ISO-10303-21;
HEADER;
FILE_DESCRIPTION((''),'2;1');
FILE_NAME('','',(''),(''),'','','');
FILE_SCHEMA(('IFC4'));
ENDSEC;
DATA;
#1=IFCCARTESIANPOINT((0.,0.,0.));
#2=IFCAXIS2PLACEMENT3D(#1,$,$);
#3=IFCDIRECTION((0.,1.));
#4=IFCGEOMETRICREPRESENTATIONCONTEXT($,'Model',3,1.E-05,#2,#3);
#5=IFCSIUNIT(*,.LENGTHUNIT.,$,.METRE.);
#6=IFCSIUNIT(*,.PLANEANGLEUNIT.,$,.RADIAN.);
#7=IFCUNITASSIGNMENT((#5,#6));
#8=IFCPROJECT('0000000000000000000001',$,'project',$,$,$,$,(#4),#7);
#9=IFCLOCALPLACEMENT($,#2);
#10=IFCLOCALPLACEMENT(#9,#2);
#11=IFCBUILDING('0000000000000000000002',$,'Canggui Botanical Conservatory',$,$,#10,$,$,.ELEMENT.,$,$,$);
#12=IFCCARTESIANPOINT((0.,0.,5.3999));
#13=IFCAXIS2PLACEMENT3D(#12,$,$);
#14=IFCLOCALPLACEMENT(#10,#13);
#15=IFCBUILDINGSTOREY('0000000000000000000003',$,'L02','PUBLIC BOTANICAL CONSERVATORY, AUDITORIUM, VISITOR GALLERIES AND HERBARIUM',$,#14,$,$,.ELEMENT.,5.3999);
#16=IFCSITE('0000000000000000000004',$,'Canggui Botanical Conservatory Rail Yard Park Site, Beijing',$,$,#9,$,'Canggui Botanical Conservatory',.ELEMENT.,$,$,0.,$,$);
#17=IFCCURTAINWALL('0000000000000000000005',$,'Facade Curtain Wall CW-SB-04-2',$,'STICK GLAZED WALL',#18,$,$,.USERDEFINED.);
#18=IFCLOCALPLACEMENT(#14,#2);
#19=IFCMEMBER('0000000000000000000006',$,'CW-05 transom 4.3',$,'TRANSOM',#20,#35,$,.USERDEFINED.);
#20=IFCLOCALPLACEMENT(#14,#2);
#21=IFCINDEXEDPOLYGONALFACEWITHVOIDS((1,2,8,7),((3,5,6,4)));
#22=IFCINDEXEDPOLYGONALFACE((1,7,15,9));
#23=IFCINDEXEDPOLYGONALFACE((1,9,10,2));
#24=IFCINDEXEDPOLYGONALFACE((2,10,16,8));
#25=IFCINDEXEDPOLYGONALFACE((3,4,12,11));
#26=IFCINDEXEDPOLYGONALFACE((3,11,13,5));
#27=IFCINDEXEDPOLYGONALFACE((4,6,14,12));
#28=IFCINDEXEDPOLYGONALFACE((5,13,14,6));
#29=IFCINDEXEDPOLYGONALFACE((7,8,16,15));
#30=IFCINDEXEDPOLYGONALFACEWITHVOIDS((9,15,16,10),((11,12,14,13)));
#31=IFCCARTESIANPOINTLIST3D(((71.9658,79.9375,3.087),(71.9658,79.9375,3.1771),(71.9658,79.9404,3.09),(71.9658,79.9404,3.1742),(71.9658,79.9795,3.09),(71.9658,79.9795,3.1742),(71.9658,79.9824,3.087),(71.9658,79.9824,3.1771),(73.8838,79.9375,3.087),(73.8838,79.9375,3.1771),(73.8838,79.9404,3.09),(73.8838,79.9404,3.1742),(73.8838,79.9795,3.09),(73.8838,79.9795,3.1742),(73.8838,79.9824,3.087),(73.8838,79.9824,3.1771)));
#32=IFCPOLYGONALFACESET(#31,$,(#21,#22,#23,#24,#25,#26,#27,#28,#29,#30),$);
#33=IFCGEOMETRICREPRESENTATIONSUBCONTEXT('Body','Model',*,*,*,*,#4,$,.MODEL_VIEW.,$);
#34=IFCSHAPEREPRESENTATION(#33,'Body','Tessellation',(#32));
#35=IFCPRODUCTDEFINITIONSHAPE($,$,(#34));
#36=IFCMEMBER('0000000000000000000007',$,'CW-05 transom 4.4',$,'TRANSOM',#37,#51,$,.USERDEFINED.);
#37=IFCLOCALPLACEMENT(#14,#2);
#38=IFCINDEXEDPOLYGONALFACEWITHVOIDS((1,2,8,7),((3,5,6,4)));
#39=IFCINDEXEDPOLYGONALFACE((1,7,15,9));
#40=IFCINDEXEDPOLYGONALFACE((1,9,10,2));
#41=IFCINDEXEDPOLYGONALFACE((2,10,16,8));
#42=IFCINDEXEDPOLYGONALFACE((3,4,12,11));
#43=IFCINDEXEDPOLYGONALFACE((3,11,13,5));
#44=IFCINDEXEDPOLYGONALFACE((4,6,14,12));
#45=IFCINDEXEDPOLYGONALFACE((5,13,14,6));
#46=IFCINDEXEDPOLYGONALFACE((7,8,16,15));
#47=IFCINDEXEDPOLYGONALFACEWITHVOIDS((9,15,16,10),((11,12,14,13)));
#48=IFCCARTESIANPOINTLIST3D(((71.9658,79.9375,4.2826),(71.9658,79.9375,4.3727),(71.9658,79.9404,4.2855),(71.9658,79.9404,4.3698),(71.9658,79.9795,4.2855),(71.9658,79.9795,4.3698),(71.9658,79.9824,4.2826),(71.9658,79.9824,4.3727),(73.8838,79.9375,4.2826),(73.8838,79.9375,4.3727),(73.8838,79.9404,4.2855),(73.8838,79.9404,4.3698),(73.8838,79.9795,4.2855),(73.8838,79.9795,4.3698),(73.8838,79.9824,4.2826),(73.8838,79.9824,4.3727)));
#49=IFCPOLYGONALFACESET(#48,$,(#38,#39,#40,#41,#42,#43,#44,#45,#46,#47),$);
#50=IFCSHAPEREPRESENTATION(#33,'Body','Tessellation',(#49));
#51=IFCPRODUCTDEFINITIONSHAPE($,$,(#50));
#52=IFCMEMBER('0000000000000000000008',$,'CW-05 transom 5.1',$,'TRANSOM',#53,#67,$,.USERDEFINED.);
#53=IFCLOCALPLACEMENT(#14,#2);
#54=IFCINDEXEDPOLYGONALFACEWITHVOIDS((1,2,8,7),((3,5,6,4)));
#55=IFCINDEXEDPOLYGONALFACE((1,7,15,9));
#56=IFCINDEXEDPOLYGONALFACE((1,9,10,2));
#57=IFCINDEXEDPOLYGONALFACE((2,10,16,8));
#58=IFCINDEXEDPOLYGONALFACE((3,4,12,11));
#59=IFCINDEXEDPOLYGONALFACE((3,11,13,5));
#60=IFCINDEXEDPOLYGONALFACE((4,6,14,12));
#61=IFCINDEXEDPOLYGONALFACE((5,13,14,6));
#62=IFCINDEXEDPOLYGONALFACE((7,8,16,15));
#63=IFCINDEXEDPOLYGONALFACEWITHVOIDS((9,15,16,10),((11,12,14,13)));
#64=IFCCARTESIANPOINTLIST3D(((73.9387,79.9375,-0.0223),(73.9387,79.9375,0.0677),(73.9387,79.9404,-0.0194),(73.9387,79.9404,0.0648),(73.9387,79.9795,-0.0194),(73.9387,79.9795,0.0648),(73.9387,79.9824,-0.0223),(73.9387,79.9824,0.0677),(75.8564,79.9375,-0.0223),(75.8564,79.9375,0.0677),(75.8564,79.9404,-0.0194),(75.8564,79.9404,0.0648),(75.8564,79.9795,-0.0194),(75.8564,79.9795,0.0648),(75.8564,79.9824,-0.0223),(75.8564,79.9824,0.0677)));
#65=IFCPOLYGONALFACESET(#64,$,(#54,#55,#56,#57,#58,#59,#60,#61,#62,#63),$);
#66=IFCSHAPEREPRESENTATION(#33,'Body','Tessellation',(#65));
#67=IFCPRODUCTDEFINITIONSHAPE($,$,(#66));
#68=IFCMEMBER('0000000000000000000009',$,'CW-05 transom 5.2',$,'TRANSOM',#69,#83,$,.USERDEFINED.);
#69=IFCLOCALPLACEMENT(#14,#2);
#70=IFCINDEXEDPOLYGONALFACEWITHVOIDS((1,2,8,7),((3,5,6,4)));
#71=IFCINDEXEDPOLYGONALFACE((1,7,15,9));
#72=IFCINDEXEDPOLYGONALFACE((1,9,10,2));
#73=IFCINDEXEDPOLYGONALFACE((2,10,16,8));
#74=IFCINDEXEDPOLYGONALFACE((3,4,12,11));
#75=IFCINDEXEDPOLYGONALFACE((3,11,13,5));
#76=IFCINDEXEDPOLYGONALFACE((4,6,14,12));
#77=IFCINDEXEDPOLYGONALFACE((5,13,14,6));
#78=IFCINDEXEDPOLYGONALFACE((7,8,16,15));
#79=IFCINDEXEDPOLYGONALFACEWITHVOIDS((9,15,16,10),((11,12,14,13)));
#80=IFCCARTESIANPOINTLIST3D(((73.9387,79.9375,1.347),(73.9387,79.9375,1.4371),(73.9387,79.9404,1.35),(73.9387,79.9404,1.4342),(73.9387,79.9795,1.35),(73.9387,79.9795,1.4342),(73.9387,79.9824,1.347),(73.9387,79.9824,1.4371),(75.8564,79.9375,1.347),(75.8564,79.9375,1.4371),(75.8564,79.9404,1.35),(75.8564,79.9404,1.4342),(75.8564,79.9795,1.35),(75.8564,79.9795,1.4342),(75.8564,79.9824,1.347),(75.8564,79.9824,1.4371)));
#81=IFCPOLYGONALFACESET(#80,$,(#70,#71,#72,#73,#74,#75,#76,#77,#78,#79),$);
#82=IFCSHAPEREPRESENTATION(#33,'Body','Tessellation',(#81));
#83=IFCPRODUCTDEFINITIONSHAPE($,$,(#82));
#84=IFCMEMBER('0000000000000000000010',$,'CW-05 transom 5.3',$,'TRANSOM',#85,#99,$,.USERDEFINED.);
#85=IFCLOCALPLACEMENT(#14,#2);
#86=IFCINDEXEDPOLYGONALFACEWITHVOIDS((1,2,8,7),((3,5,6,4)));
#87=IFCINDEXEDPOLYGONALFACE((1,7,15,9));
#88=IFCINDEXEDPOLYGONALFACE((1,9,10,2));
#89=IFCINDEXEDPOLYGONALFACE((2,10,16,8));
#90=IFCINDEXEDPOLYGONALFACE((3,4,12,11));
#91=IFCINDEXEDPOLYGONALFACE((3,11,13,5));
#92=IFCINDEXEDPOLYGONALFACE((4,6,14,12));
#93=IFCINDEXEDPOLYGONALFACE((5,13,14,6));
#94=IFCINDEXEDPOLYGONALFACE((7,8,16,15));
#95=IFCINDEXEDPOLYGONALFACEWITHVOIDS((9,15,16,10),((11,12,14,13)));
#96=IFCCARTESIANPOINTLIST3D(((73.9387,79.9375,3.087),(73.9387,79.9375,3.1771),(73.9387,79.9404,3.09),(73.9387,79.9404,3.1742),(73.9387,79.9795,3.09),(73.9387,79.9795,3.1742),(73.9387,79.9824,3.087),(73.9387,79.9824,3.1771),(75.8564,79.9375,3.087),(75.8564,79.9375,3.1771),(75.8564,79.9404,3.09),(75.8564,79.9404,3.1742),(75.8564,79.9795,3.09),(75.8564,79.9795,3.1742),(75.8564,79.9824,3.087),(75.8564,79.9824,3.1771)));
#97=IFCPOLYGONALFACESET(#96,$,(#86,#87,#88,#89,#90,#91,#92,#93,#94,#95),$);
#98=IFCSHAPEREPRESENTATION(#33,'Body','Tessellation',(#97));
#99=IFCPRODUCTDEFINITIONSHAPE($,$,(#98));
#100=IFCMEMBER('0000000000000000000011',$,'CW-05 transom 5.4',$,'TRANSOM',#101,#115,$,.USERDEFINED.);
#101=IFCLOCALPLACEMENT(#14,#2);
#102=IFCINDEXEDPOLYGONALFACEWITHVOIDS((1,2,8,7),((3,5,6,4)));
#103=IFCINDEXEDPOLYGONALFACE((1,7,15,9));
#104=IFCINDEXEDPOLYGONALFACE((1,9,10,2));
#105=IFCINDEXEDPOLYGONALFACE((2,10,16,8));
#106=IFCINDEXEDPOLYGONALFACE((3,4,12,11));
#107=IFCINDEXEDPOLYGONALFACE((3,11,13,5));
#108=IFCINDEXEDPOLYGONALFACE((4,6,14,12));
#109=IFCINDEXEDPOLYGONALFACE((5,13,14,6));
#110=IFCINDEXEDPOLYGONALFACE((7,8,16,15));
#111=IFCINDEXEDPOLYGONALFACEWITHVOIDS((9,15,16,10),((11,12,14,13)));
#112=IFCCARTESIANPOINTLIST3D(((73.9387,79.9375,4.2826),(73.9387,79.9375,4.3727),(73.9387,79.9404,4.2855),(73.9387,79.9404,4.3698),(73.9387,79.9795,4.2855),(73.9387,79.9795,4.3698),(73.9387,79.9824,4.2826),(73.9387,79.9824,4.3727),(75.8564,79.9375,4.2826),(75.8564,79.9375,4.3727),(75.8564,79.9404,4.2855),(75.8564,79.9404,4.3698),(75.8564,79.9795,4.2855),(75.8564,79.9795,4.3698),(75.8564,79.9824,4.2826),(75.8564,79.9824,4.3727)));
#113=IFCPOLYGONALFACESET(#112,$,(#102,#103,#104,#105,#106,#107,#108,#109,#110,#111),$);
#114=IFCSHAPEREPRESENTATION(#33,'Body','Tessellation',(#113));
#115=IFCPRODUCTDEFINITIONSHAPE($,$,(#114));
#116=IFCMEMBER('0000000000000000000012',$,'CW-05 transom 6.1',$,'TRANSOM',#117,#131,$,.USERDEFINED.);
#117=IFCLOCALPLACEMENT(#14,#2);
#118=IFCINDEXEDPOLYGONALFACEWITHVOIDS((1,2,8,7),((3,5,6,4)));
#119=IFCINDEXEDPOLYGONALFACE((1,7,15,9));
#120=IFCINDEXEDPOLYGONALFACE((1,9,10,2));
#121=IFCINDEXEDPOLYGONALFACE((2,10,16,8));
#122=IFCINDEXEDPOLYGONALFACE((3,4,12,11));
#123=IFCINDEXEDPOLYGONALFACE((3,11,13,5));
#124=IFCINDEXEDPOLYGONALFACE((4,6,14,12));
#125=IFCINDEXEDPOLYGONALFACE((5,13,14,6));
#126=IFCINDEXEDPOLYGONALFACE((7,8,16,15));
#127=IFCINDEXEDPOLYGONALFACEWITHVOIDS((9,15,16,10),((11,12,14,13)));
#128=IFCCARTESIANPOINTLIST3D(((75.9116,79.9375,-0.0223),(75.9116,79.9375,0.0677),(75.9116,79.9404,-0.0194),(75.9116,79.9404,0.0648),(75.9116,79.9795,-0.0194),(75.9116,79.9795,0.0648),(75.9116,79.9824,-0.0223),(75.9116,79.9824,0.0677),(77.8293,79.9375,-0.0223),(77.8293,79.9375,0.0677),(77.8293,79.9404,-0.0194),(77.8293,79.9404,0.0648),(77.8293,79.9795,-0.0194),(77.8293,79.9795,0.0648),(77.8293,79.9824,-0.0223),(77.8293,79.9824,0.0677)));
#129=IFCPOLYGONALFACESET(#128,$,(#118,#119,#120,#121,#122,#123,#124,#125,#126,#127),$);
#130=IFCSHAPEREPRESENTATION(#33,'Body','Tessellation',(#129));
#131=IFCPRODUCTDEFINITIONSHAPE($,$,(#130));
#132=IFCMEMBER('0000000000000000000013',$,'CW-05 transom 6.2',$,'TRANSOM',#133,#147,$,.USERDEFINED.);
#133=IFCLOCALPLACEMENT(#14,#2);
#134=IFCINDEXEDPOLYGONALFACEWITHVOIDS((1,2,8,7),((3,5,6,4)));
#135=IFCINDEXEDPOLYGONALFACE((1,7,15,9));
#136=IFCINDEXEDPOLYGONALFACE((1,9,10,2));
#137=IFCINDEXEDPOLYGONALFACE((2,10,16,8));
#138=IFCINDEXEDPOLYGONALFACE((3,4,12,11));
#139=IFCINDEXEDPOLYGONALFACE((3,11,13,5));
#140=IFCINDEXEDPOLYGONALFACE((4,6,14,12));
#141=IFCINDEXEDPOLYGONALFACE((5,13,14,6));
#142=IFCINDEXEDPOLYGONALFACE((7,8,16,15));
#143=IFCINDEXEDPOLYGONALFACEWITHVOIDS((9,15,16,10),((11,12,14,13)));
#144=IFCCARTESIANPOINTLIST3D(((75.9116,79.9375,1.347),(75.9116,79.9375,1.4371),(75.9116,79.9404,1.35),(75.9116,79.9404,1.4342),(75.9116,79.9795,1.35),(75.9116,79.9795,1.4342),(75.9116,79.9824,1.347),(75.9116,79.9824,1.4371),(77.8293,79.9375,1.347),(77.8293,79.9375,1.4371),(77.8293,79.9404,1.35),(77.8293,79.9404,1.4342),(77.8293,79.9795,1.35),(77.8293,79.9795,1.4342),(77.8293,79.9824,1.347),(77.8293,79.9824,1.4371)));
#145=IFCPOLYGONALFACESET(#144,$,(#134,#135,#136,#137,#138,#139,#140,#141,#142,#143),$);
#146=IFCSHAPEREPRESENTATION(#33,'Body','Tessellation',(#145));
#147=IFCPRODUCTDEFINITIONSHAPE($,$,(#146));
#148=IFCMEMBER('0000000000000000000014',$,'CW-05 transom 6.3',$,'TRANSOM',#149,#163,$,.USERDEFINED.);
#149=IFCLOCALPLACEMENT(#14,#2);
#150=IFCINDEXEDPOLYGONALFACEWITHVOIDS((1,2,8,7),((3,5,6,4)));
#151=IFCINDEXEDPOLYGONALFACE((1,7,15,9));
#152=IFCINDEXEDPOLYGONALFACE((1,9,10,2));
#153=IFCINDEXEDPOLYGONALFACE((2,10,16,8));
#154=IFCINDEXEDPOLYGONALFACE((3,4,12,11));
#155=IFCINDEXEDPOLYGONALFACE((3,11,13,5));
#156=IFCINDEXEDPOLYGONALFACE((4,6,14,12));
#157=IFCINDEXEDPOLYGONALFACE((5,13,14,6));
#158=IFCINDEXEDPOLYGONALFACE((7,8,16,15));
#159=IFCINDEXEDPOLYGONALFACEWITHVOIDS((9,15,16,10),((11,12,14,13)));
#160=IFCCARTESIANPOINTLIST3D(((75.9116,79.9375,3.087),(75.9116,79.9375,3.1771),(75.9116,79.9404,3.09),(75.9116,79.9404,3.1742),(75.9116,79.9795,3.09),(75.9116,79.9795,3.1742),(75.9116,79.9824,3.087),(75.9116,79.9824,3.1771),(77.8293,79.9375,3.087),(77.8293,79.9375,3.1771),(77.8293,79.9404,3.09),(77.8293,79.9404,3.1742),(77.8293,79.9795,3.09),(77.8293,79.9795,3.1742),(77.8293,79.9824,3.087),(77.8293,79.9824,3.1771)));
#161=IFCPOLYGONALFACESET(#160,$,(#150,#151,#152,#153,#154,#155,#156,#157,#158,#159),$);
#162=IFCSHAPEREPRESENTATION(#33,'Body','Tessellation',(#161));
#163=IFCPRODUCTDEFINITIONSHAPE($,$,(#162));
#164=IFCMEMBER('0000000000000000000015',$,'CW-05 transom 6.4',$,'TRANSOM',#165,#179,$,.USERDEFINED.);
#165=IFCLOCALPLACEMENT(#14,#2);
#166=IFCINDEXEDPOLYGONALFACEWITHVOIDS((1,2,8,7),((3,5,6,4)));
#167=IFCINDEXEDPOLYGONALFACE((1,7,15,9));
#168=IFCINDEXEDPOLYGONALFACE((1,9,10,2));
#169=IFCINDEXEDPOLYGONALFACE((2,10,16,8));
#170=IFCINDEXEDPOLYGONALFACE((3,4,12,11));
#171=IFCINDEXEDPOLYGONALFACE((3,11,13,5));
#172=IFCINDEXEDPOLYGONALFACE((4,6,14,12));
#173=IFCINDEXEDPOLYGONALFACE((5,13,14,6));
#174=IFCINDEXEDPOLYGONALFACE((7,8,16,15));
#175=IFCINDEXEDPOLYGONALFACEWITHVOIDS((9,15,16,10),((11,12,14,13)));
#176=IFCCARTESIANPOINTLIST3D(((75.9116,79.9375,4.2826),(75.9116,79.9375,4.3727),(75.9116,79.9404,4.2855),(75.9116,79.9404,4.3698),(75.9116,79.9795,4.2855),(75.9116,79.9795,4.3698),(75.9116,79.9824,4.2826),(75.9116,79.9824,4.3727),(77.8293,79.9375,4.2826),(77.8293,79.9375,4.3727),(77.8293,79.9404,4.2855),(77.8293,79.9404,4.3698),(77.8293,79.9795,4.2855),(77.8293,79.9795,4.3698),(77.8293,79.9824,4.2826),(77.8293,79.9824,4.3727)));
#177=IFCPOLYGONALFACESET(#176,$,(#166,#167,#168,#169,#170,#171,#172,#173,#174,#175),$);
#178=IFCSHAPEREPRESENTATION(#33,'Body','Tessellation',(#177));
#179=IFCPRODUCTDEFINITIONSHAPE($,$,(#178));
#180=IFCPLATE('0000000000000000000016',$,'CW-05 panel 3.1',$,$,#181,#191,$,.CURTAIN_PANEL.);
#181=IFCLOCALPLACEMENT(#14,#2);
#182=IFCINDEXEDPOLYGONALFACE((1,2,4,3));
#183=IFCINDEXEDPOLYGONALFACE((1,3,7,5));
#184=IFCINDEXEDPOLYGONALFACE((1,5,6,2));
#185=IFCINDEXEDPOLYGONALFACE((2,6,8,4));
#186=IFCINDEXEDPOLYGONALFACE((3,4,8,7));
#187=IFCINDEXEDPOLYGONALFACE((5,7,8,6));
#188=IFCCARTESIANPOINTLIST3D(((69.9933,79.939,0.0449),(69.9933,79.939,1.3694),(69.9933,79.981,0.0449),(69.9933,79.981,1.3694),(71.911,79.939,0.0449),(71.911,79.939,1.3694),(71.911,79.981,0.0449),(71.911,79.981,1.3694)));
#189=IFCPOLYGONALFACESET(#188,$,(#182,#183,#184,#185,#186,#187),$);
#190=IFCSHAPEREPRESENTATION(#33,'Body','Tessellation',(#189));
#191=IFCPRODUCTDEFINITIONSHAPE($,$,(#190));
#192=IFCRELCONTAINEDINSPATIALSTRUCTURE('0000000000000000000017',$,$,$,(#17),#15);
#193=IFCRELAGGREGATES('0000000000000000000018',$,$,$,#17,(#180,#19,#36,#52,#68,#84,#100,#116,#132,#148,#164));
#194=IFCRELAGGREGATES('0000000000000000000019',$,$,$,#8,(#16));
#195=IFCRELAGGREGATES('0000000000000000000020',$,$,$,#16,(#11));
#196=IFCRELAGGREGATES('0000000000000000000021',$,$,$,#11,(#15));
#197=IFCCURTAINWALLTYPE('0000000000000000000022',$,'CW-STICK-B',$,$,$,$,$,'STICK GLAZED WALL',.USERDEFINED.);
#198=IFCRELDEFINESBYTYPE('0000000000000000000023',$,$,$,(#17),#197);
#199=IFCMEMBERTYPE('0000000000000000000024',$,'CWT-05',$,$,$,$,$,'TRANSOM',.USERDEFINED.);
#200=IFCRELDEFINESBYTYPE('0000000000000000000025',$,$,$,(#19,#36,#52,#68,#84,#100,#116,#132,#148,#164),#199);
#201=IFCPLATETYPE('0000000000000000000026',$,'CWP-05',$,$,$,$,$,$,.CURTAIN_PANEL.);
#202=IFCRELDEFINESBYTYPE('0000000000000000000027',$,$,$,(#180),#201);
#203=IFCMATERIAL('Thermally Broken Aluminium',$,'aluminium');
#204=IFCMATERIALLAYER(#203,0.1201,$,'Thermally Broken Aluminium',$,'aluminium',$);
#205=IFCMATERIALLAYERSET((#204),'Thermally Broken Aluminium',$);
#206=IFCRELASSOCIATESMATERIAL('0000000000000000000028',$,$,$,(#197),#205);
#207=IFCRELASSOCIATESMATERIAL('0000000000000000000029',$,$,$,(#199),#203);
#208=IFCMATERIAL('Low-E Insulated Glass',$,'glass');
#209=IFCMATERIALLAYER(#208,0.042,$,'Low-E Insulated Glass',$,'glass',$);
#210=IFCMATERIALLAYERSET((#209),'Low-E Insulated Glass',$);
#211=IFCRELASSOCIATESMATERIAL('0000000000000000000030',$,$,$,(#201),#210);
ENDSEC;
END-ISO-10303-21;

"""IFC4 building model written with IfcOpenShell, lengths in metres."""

from ifc_helpers import new_model, si_unit, direction, frame, origin, origin_2d, place, context, subcontext, project, spatial, rectangle, hollow_rectangle, extrude, material, layer, layer_set, material_profile, profile_set, type_object, element, aggregate, save


model = new_model("IFC4")

# Units and contexts
model_context = context("Model", 3, precision=1e-05, world=origin(), true_north=direction((0.0, 1.0)))
body_context = subcontext(model_context, "Body", "Model", "MODEL_VIEW")
ifc_project = project(units=[si_unit("LENGTHUNIT", "METRE"), si_unit("PLANEANGLEUNIT", "RADIAN")], contexts=[model_context])

# Site, building, storey
site_placement = place(None, origin())
site = spatial("IfcSite", under=ifc_project, at=site_placement, Name="Canggui Botanical Conservatory Rail Yard Park Site, Beijing", LongName="Canggui Botanical Conservatory", CompositionType="ELEMENT", RefElevation=0.0)
building_placement = place(site_placement, origin())
building = spatial("IfcBuilding", under=site, at=building_placement, Name="Canggui Botanical Conservatory", CompositionType="ELEMENT")
storey_placement = place(building_placement, frame((0.0, 0.0, 5.3999)))
storey = spatial("IfcBuildingStorey", under=building, at=storey_placement, Name="L02", Description="PUBLIC BOTANICAL CONSERVATORY, AUDITORIUM, VISITOR GALLERIES AND HERBARIUM", CompositionType="ELEMENT", Elevation=5.3999)

# Curtain wall, members, plate
ifc_material_1 = material(Name="Thermally Broken Aluminium", Category="aluminium")
ifc_layer_1 = layer(ifc_material_1, 0.1201, Name="Thermally Broken Aluminium", Category="aluminium")
ifc_layer_set_1 = layer_set([ifc_layer_1], Name="Thermally Broken Aluminium")
curtain_wall_type = type_object("IfcCurtainWallType", Name="CW-STICK-B", ElementType="STICK GLAZED WALL", PredefinedType="USERDEFINED", material=ifc_layer_set_1)
curtain_wall_placement = place(storey_placement, origin())
curtain_wall = element("IfcCurtainWall", 1, at=curtain_wall_placement, inside=storey, type_object=curtain_wall_type, Name="Facade Curtain Wall CW-SB-04-2", ObjectType="STICK GLAZED WALL", PredefinedType="USERDEFINED")
ifc_material_profile_1 = material_profile(ifc_material_1, hollow_rectangle(XDim=0.0449, YDim=0.0901, WallThickness=0.0029, at=origin_2d()), Name="CWT 45x90x3")
ifc_profile_set_1 = profile_set([ifc_material_profile_1], Name="Thermally Broken Aluminium")
member_type_1 = type_object("IfcMemberType", Name="CWT-05", ElementType="TRANSOM", PredefinedType="USERDEFINED", material=ifc_profile_set_1)
member_1_placement = place(storey_placement, frame((71.9658, 79.96, 3.1321), z_axis=(1.0, 0.0, 0.0), x_axis=(0.0, 1.0, 0.0)))
member_1 = element("IfcMember", 2, at=member_1_placement, type_object=member_type_1, Name="CW-05 transom 4.3", ObjectType="TRANSOM", PredefinedType="USERDEFINED", context=body_context, shape_type="SweptSolid", body=[
    extrude(hollow_rectangle(XDim=0.0449, YDim=0.0901, WallThickness=0.0029, at=origin_2d()), origin(), (0.0, 0.0, 1.0), 1.918),
])
member_2_placement = place(storey_placement, frame((71.9658, 79.96, 4.3276), z_axis=(1.0, 0.0, 0.0), x_axis=(0.0, 1.0, 0.0)))
member_2 = element("IfcMember", 3, at=member_2_placement, type_object=member_type_1, Name="CW-05 transom 4.4", ObjectType="TRANSOM", PredefinedType="USERDEFINED", context=body_context, shape_type="SweptSolid", body=[
    extrude(hollow_rectangle(XDim=0.0449, YDim=0.0901, WallThickness=0.0029, at=origin_2d()), origin(), (0.0, 0.0, 1.0), 1.918),
])
member_3_placement = place(storey_placement, frame((73.9387, 79.96, 0.0227), z_axis=(1.0, 0.0, 0.0), x_axis=(0.0, 1.0, 0.0)))
member_3 = element("IfcMember", 4, at=member_3_placement, type_object=member_type_1, Name="CW-05 transom 5.1", ObjectType="TRANSOM", PredefinedType="USERDEFINED", context=body_context, shape_type="SweptSolid", body=[
    extrude(hollow_rectangle(XDim=0.0449, YDim=0.0901, WallThickness=0.0029, at=origin_2d()), origin(), (0.0, 0.0, 1.0), 1.9177),
])
member_4_placement = place(storey_placement, frame((73.9387, 79.96, 1.3921), z_axis=(1.0, 0.0, 0.0), x_axis=(0.0, 1.0, 0.0)))
member_4 = element("IfcMember", 5, at=member_4_placement, type_object=member_type_1, Name="CW-05 transom 5.2", ObjectType="TRANSOM", PredefinedType="USERDEFINED", context=body_context, shape_type="SweptSolid", body=[
    extrude(hollow_rectangle(XDim=0.0449, YDim=0.0901, WallThickness=0.0029, at=origin_2d()), origin(), (0.0, 0.0, 1.0), 1.9177),
])
member_5_placement = place(storey_placement, frame((73.9387, 79.96, 3.1321), z_axis=(1.0, 0.0, 0.0), x_axis=(0.0, 1.0, 0.0)))
member_5 = element("IfcMember", 6, at=member_5_placement, type_object=member_type_1, Name="CW-05 transom 5.3", ObjectType="TRANSOM", PredefinedType="USERDEFINED", context=body_context, shape_type="SweptSolid", body=[
    extrude(hollow_rectangle(XDim=0.0449, YDim=0.0901, WallThickness=0.0029, at=origin_2d()), origin(), (0.0, 0.0, 1.0), 1.9177),
])
member_6_placement = place(storey_placement, frame((73.9387, 79.96, 4.3276), z_axis=(1.0, 0.0, 0.0), x_axis=(0.0, 1.0, 0.0)))
member_6 = element("IfcMember", 7, at=member_6_placement, type_object=member_type_1, Name="CW-05 transom 5.4", ObjectType="TRANSOM", PredefinedType="USERDEFINED", context=body_context, shape_type="SweptSolid", body=[
    extrude(hollow_rectangle(XDim=0.0449, YDim=0.0901, WallThickness=0.0029, at=origin_2d()), origin(), (0.0, 0.0, 1.0), 1.9177),
])
member_7_placement = place(storey_placement, frame((75.9116, 79.96, 0.0227), z_axis=(1.0, 0.0, 0.0), x_axis=(0.0, 1.0, 0.0)))
member_7 = element("IfcMember", 8, at=member_7_placement, type_object=member_type_1, Name="CW-05 transom 6.1", ObjectType="TRANSOM", PredefinedType="USERDEFINED", context=body_context, shape_type="SweptSolid", body=[
    extrude(hollow_rectangle(XDim=0.0449, YDim=0.0901, WallThickness=0.0029, at=origin_2d()), origin(), (0.0, 0.0, 1.0), 1.9177),
])
member_8_placement = place(storey_placement, frame((75.9116, 79.96, 1.3921), z_axis=(1.0, 0.0, 0.0), x_axis=(0.0, 1.0, 0.0)))
member_8 = element("IfcMember", 9, at=member_8_placement, type_object=member_type_1, Name="CW-05 transom 6.2", ObjectType="TRANSOM", PredefinedType="USERDEFINED", context=body_context, shape_type="SweptSolid", body=[
    extrude(hollow_rectangle(XDim=0.0449, YDim=0.0901, WallThickness=0.0029, at=origin_2d()), origin(), (0.0, 0.0, 1.0), 1.9177),
])
member_9_placement = place(storey_placement, frame((75.9116, 79.96, 3.1321), z_axis=(1.0, 0.0, 0.0), x_axis=(0.0, 1.0, 0.0)))
member_9 = element("IfcMember", 10, at=member_9_placement, type_object=member_type_1, Name="CW-05 transom 6.3", ObjectType="TRANSOM", PredefinedType="USERDEFINED", context=body_context, shape_type="SweptSolid", body=[
    extrude(hollow_rectangle(XDim=0.0449, YDim=0.0901, WallThickness=0.0029, at=origin_2d()), origin(), (0.0, 0.0, 1.0), 1.9177),
])
member_10_placement = place(storey_placement, frame((75.9116, 79.96, 4.3276), z_axis=(1.0, 0.0, 0.0), x_axis=(0.0, 1.0, 0.0)))
member_10 = element("IfcMember", 11, at=member_10_placement, type_object=member_type_1, Name="CW-05 transom 6.4", ObjectType="TRANSOM", PredefinedType="USERDEFINED", context=body_context, shape_type="SweptSolid", body=[
    extrude(hollow_rectangle(XDim=0.0449, YDim=0.0901, WallThickness=0.0029, at=origin_2d()), origin(), (0.0, 0.0, 1.0), 1.9177),
])
ifc_material_2 = material(Name="Low-E Insulated Glass", Category="glass")
ifc_layer_2 = layer(ifc_material_2, 0.042, Name="Low-E Insulated Glass", Category="glass")
ifc_layer_set_2 = layer_set([ifc_layer_2], Name="Low-E Insulated Glass")
plate_type = type_object("IfcPlateType", Name="CWP-05", PredefinedType="CURTAIN_PANEL", material=ifc_layer_set_2)
plate_1_placement = place(storey_placement, frame((70.9521, 79.96, 0.0449), z_axis=(0.0, 0.0, 1.0), x_axis=(1.0, 0.0, 0.0)))
plate_1 = element("IfcPlate", 12, at=plate_1_placement, type_object=plate_type, Name="CW-05 panel 3.1", PredefinedType="CURTAIN_PANEL", context=body_context, shape_type="SweptSolid", body=[
    extrude(rectangle(XDim=1.9177, YDim=0.042, at=origin_2d()), origin(), (0.0, 0.0, 1.0), 1.3245),
])
aggregate(curtain_wall, [plate_1, member_1, member_2, member_3, member_4, member_5, member_6, member_7, member_8, member_9, member_10])

save(model, "model.ifc")
